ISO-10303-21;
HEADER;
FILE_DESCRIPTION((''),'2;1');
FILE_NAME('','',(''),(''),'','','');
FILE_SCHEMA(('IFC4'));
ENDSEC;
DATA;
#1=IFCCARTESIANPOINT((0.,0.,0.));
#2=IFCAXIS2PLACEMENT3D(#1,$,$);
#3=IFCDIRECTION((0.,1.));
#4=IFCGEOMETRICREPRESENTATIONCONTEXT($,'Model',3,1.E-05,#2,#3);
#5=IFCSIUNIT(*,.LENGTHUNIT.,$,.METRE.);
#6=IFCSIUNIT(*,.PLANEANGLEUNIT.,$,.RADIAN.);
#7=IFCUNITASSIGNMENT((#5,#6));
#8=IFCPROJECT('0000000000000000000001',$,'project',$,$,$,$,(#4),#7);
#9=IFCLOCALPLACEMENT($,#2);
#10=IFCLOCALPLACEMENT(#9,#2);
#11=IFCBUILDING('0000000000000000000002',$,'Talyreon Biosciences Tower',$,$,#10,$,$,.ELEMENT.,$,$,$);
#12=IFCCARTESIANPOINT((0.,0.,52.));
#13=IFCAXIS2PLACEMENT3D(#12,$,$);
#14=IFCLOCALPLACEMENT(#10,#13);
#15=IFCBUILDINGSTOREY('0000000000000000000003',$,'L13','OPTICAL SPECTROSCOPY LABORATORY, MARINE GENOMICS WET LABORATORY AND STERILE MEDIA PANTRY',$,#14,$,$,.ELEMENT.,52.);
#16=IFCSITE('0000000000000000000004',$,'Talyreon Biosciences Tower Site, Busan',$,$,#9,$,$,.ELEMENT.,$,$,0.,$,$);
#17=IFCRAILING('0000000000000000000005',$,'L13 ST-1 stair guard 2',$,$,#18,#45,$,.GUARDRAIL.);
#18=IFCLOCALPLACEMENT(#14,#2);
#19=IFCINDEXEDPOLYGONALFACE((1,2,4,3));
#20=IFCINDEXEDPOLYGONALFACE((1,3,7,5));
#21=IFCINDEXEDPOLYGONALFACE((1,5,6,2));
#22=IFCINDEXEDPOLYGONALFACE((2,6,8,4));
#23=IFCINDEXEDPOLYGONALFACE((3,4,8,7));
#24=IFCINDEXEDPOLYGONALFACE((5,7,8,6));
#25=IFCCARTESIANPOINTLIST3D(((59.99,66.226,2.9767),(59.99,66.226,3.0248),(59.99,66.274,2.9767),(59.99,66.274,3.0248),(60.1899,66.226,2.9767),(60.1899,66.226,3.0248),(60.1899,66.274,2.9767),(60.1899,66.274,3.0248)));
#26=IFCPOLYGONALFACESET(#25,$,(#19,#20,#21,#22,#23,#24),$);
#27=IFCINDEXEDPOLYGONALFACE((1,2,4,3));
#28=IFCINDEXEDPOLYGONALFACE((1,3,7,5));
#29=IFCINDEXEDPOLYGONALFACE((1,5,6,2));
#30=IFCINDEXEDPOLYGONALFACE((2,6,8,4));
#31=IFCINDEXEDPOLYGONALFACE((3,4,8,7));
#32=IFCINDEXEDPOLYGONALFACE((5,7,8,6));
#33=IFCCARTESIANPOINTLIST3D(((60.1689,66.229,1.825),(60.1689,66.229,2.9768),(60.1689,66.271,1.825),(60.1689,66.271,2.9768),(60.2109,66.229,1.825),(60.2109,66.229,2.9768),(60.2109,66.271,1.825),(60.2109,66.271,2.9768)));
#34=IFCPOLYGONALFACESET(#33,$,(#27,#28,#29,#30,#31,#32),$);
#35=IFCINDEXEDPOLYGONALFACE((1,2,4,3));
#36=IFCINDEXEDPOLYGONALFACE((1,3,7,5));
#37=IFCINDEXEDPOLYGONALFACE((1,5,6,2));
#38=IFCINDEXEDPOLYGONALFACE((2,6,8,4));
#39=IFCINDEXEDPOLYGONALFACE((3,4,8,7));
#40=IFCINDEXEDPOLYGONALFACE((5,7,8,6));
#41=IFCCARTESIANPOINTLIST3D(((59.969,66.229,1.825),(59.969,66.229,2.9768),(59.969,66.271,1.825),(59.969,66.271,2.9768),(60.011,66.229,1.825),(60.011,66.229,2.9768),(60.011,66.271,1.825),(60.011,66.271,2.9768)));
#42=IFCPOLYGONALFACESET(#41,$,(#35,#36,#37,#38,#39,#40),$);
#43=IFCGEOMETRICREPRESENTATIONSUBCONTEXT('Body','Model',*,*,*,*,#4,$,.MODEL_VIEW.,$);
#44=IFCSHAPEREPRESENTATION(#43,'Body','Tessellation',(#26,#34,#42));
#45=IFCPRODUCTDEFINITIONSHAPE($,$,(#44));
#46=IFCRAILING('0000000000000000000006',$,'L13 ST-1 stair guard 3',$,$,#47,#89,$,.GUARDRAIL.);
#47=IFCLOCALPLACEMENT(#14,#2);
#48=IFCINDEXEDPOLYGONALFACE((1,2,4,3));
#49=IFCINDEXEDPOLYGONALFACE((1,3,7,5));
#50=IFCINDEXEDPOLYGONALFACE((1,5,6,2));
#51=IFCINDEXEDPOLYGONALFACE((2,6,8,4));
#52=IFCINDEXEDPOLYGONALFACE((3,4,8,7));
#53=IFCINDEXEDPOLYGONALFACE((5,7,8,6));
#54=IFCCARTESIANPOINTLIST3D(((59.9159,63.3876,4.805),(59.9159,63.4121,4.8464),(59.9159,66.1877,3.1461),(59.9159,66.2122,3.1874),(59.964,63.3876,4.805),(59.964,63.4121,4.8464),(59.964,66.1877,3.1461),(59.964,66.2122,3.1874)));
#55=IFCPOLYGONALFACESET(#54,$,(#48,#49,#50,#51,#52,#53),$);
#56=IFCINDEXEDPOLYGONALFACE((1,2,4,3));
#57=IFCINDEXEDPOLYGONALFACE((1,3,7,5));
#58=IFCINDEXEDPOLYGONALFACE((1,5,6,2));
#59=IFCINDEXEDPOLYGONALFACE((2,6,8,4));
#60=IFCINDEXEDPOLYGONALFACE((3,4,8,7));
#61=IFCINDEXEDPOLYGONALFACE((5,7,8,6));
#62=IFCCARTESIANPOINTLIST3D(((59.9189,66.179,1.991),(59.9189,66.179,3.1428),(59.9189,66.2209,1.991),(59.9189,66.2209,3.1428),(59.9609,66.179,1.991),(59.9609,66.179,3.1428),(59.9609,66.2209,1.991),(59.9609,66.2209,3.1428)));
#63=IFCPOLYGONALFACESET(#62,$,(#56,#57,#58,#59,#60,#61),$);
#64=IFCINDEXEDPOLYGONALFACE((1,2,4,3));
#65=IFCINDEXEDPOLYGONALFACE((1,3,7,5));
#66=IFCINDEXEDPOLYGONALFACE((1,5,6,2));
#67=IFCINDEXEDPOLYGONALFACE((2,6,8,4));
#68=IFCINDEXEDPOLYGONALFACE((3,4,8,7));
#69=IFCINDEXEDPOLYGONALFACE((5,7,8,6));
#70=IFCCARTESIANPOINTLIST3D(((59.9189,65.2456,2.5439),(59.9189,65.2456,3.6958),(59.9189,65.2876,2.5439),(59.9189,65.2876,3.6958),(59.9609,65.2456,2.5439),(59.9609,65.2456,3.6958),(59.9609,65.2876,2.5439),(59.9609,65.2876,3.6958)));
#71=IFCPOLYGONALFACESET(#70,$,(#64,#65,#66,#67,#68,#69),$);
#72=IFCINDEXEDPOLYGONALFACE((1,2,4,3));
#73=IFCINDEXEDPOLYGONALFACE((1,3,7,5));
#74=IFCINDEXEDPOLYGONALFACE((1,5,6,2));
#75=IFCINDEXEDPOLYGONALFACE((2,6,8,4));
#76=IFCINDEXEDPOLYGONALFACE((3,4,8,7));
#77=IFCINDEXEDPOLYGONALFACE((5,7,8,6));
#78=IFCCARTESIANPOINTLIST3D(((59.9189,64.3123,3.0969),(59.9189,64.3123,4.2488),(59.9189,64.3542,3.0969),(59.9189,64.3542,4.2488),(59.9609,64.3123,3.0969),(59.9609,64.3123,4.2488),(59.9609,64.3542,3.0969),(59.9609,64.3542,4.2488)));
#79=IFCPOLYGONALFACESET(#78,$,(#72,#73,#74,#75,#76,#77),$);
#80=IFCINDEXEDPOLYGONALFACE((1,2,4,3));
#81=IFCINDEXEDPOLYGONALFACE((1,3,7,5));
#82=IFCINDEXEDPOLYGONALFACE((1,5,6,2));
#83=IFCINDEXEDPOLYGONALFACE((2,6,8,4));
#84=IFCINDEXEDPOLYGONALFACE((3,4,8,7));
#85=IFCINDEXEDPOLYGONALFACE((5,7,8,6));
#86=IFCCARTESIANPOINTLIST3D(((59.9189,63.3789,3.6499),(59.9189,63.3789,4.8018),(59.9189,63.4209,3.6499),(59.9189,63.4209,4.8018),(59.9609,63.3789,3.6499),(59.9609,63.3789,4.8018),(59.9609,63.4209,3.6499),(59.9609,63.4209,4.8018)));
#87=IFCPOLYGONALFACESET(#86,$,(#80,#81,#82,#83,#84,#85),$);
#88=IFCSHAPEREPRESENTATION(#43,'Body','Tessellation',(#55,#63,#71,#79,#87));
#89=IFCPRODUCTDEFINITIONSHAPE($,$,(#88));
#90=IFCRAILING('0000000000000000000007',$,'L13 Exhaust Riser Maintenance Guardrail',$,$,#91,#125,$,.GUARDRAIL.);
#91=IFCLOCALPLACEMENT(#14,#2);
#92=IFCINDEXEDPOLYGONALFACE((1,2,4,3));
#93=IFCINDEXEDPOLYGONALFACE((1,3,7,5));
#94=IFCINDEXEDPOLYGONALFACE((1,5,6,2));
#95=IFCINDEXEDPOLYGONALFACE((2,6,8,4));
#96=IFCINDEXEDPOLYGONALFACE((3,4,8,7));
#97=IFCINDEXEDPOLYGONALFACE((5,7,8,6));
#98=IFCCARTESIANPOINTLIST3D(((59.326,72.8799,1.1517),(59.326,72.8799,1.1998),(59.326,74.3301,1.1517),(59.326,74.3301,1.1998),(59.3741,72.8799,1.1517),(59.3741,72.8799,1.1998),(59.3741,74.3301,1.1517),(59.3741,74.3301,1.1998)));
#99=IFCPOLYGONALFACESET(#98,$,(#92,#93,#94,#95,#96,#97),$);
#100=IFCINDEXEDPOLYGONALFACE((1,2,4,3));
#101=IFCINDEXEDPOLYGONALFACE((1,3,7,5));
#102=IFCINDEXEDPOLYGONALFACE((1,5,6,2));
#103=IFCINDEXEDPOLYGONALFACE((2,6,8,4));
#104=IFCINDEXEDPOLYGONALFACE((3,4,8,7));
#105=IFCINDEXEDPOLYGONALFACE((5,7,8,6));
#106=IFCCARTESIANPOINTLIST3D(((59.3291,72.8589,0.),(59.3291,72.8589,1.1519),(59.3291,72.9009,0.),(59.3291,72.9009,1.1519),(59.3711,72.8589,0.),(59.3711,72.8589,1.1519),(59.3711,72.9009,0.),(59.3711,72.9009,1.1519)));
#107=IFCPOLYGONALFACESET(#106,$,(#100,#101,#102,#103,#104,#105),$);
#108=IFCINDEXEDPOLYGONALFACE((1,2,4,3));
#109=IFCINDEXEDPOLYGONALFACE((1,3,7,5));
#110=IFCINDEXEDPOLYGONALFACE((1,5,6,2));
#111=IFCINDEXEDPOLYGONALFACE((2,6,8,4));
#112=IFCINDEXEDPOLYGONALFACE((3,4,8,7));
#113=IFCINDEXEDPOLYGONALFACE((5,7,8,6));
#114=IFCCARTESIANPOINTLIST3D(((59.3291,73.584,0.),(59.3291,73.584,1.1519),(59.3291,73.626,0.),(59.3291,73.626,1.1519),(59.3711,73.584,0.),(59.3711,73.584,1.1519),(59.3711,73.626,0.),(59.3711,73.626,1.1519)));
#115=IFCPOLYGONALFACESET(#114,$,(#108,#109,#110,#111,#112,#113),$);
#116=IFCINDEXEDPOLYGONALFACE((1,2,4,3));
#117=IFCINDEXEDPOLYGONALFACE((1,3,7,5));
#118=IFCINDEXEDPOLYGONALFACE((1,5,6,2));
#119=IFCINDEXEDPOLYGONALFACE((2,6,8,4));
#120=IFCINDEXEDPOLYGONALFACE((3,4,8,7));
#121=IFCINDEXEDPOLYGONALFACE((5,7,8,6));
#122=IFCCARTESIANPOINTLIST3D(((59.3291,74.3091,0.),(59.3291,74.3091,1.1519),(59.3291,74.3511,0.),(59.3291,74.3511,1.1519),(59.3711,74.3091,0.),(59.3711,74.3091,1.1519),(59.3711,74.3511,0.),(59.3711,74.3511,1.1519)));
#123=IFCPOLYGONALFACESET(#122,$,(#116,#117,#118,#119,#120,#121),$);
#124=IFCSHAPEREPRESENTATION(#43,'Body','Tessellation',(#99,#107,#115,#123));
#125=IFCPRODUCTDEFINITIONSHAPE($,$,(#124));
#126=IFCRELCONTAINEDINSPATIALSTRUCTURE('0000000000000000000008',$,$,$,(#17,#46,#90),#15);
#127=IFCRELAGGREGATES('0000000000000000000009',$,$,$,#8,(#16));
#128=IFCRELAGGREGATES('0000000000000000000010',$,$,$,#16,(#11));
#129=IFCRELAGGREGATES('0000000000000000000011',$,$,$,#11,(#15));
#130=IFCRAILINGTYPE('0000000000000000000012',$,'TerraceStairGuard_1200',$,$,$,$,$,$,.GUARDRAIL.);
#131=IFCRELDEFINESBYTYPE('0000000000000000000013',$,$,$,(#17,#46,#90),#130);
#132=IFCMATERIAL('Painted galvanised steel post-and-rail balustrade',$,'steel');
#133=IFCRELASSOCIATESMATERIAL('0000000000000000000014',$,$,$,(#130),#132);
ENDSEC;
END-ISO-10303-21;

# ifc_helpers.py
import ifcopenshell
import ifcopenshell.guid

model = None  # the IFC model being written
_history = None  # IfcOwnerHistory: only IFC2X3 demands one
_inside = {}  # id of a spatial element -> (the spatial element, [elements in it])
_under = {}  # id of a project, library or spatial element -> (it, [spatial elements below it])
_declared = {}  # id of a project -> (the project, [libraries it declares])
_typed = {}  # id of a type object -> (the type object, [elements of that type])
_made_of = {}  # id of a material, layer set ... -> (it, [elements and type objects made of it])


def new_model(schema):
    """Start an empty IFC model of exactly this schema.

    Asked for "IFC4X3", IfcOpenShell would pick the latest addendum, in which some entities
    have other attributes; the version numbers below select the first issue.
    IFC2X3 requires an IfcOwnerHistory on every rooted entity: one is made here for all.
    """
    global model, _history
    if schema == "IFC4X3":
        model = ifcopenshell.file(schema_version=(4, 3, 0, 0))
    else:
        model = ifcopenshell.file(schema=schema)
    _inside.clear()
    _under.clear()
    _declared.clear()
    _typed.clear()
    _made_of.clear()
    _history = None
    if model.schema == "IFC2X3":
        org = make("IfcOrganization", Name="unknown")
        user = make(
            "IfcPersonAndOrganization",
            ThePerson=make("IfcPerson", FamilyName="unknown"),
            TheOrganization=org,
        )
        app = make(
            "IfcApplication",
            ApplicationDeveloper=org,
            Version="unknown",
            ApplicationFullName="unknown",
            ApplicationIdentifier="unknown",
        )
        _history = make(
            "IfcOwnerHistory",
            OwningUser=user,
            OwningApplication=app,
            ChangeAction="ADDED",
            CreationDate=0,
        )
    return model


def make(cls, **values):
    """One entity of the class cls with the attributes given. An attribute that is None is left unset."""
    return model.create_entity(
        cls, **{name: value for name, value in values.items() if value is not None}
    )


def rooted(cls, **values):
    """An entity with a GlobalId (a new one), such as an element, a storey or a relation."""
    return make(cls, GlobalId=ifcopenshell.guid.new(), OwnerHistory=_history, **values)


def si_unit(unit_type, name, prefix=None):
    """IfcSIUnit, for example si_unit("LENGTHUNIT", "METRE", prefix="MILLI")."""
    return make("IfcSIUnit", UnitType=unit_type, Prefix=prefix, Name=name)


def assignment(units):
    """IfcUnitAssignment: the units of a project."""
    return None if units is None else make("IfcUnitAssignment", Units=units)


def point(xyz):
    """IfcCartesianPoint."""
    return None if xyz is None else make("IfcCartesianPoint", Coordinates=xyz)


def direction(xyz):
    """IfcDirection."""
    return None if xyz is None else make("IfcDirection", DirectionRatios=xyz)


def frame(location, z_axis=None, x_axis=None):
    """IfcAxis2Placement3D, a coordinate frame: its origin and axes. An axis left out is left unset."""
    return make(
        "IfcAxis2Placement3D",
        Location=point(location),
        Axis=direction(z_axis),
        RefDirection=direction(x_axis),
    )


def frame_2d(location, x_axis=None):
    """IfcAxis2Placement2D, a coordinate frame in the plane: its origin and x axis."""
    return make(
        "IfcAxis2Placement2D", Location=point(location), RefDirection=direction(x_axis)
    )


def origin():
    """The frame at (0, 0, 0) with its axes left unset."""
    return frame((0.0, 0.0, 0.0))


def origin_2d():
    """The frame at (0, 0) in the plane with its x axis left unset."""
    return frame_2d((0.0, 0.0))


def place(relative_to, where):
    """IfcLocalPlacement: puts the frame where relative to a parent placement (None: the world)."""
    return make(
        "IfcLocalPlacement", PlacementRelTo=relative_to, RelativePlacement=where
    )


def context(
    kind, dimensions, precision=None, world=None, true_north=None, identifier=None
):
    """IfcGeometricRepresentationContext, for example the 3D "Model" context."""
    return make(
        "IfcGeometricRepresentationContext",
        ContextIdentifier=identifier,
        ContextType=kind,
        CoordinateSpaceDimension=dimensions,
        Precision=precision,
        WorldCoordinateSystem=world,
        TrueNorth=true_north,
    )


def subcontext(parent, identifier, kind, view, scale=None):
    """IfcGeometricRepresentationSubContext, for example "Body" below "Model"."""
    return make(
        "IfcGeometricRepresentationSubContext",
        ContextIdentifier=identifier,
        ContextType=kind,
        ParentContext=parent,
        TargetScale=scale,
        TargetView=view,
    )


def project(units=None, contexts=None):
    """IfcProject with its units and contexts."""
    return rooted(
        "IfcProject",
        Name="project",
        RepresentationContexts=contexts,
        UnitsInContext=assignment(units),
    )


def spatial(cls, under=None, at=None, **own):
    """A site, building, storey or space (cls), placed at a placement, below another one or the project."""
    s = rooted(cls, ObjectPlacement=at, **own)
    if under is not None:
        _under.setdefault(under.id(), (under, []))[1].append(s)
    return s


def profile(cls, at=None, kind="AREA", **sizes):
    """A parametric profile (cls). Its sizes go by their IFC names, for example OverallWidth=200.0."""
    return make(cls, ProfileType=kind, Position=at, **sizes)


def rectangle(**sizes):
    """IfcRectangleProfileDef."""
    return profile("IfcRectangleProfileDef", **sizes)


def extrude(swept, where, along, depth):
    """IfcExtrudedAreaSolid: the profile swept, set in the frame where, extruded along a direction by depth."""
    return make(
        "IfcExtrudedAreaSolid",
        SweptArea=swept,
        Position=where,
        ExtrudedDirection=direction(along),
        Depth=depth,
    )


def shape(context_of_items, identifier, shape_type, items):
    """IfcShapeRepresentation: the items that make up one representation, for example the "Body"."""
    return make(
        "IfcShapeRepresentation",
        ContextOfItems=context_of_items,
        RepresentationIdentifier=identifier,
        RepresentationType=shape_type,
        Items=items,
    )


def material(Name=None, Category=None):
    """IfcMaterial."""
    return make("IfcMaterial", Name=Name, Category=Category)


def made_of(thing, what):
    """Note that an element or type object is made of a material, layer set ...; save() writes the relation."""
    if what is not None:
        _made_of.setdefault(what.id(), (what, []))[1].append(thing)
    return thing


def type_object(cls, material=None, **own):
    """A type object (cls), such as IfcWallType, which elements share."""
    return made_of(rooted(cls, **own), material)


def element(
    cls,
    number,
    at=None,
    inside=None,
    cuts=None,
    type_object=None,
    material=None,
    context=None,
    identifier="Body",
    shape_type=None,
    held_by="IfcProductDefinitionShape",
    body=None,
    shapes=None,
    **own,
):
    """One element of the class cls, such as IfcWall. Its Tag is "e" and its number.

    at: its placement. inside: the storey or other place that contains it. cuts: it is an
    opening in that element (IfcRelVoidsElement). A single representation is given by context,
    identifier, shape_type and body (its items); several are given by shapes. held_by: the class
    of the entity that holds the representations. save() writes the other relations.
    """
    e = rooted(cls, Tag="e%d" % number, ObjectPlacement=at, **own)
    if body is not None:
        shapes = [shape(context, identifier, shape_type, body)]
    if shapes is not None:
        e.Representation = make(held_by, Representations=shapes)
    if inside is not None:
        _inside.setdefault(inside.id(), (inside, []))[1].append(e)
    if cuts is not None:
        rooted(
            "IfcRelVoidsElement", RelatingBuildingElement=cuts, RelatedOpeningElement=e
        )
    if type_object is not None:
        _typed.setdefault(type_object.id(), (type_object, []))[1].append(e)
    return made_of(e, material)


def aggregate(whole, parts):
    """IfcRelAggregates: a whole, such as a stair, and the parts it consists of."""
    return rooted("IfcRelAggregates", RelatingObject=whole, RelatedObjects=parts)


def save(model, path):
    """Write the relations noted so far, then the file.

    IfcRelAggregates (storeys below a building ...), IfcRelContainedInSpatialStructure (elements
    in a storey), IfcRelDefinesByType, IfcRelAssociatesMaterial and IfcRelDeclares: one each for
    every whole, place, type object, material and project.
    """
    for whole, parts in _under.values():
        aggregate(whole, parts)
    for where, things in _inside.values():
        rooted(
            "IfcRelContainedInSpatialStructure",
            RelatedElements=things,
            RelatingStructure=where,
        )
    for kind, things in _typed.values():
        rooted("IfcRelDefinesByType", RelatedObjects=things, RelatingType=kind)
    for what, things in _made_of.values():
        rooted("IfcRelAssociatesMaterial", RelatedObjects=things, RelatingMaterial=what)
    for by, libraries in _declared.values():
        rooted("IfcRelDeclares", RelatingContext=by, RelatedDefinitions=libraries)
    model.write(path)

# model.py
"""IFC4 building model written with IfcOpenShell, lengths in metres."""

from ifc_helpers import new_model, si_unit, direction, frame, origin, origin_2d, place, context, subcontext, project, spatial, rectangle, extrude, material, type_object, element, save


model = new_model("IFC4")

# Units and contexts
model_context = context("Model", 3, precision=1e-05, world=origin(), true_north=direction((0.0, 1.0)))
body_context = subcontext(model_context, "Body", "Model", "MODEL_VIEW")
ifc_project = project(units=[si_unit("LENGTHUNIT", "METRE"), si_unit("PLANEANGLEUNIT", "RADIAN")], contexts=[model_context])

# Site, building, storey
site_placement = place(None, origin())
site = spatial("IfcSite", under=ifc_project, at=site_placement, Name="Talyreon Biosciences Tower Site, Busan", CompositionType="ELEMENT", RefElevation=0.0)
building_placement = place(site_placement, origin())
building = spatial("IfcBuilding", under=site, at=building_placement, Name="Talyreon Biosciences Tower", CompositionType="ELEMENT")
storey_placement = place(building_placement, frame((0.0, 0.0, 52.0)))
storey = spatial("IfcBuildingStorey", under=building, at=storey_placement, Name="L13", Description="OPTICAL SPECTROSCOPY LABORATORY, MARINE GENOMICS WET LABORATORY AND STERILE MEDIA PANTRY", CompositionType="ELEMENT", Elevation=52.0)

# Railings
ifc_material_1 = material(Name="Painted galvanised steel post-and-rail balustrade", Category="steel")
railing_type_1 = type_object("IfcRailingType", Name="TerraceStairGuard_1200", PredefinedType="GUARDRAIL", material=ifc_material_1)
railing_1_placement = place(storey_placement, frame((60.1899, 66.25, 1.825)))
element("IfcRailing", 1, at=railing_1_placement, inside=storey, type_object=railing_type_1, Name="L13 ST-1 stair guard 2", PredefinedType="GUARDRAIL", context=body_context, shape_type="SweptSolid", body=[
    extrude(rectangle(XDim=0.0481, YDim=0.0481, at=origin_2d()), frame((0.0, 0.0, 1.1758), z_axis=(-1.0, 0.0, 0.0), x_axis=(0.0, -1.0, 0.0)), (0.0, 0.0, 1.0), 0.2),
    extrude(rectangle(XDim=0.042, YDim=0.042, at=origin_2d()), origin(), (0.0, 0.0, 1.0), 1.1519),
    extrude(rectangle(XDim=0.042, YDim=0.042, at=origin_2d()), frame((-0.2, 0.0, 0.0)), (0.0, 0.0, 1.0), 1.1519),
])
railing_2_placement = place(storey_placement, frame((59.9399, 66.2, 1.991)))
element("IfcRailing", 2, at=railing_2_placement, inside=storey, type_object=railing_type_1, Name="L13 ST-1 stair guard 3", PredefinedType="GUARDRAIL", context=body_context, shape_type="SweptSolid", body=[
    extrude(rectangle(XDim=0.0481, YDim=0.0481, at=origin_2d()), frame((0.0, 0.0, 1.1758), z_axis=(0.0, -0.860339, 0.509722), x_axis=(1.0, 0.0, 0.0)), (0.0, 0.0, 1.0), 3.2546),
    extrude(rectangle(XDim=0.042, YDim=0.042, at=origin_2d()), origin(), (0.0, 0.0, 1.0), 1.1519),
    extrude(rectangle(XDim=0.042, YDim=0.042, at=origin_2d()), frame((0.0, -0.9333, 0.553)), (0.0, 0.0, 1.0), 1.1519),
    extrude(rectangle(XDim=0.042, YDim=0.042, at=origin_2d()), frame((0.0, -1.8667, 1.106)), (0.0, 0.0, 1.0), 1.1519),
    extrude(rectangle(XDim=0.042, YDim=0.042, at=origin_2d()), frame((0.0, -2.8, 1.6589)), (0.0, 0.0, 1.0), 1.1519),
])
railing_3_placement = place(storey_placement, frame((59.3501, 72.8799, 0.0)))
element("IfcRailing", 3, at=railing_3_placement, inside=storey, type_object=railing_type_1, Name="L13 Exhaust Riser Maintenance Guardrail", PredefinedType="GUARDRAIL", context=body_context, shape_type="SweptSolid", body=[
    extrude(rectangle(XDim=0.0481, YDim=0.0481, at=origin_2d()), frame((0.0, 0.0, 1.1758), z_axis=(0.0, 1.0, 0.0), x_axis=(-1.0, 0.0, 0.0)), (0.0, 0.0, 1.0), 1.4502),
    extrude(rectangle(XDim=0.042, YDim=0.042, at=origin_2d()), origin(), (0.0, 0.0, 1.0), 1.1519),
    extrude(rectangle(XDim=0.042, YDim=0.042, at=origin_2d()), frame((0.0, 0.7251, 0.0)), (0.0, 0.0, 1.0), 1.1519),
    extrude(rectangle(XDim=0.042, YDim=0.042, at=origin_2d()), frame((0.0, 1.4502, 0.0)), (0.0, 0.0, 1.0), 1.1519),
])

save(model, "model.ifc")
